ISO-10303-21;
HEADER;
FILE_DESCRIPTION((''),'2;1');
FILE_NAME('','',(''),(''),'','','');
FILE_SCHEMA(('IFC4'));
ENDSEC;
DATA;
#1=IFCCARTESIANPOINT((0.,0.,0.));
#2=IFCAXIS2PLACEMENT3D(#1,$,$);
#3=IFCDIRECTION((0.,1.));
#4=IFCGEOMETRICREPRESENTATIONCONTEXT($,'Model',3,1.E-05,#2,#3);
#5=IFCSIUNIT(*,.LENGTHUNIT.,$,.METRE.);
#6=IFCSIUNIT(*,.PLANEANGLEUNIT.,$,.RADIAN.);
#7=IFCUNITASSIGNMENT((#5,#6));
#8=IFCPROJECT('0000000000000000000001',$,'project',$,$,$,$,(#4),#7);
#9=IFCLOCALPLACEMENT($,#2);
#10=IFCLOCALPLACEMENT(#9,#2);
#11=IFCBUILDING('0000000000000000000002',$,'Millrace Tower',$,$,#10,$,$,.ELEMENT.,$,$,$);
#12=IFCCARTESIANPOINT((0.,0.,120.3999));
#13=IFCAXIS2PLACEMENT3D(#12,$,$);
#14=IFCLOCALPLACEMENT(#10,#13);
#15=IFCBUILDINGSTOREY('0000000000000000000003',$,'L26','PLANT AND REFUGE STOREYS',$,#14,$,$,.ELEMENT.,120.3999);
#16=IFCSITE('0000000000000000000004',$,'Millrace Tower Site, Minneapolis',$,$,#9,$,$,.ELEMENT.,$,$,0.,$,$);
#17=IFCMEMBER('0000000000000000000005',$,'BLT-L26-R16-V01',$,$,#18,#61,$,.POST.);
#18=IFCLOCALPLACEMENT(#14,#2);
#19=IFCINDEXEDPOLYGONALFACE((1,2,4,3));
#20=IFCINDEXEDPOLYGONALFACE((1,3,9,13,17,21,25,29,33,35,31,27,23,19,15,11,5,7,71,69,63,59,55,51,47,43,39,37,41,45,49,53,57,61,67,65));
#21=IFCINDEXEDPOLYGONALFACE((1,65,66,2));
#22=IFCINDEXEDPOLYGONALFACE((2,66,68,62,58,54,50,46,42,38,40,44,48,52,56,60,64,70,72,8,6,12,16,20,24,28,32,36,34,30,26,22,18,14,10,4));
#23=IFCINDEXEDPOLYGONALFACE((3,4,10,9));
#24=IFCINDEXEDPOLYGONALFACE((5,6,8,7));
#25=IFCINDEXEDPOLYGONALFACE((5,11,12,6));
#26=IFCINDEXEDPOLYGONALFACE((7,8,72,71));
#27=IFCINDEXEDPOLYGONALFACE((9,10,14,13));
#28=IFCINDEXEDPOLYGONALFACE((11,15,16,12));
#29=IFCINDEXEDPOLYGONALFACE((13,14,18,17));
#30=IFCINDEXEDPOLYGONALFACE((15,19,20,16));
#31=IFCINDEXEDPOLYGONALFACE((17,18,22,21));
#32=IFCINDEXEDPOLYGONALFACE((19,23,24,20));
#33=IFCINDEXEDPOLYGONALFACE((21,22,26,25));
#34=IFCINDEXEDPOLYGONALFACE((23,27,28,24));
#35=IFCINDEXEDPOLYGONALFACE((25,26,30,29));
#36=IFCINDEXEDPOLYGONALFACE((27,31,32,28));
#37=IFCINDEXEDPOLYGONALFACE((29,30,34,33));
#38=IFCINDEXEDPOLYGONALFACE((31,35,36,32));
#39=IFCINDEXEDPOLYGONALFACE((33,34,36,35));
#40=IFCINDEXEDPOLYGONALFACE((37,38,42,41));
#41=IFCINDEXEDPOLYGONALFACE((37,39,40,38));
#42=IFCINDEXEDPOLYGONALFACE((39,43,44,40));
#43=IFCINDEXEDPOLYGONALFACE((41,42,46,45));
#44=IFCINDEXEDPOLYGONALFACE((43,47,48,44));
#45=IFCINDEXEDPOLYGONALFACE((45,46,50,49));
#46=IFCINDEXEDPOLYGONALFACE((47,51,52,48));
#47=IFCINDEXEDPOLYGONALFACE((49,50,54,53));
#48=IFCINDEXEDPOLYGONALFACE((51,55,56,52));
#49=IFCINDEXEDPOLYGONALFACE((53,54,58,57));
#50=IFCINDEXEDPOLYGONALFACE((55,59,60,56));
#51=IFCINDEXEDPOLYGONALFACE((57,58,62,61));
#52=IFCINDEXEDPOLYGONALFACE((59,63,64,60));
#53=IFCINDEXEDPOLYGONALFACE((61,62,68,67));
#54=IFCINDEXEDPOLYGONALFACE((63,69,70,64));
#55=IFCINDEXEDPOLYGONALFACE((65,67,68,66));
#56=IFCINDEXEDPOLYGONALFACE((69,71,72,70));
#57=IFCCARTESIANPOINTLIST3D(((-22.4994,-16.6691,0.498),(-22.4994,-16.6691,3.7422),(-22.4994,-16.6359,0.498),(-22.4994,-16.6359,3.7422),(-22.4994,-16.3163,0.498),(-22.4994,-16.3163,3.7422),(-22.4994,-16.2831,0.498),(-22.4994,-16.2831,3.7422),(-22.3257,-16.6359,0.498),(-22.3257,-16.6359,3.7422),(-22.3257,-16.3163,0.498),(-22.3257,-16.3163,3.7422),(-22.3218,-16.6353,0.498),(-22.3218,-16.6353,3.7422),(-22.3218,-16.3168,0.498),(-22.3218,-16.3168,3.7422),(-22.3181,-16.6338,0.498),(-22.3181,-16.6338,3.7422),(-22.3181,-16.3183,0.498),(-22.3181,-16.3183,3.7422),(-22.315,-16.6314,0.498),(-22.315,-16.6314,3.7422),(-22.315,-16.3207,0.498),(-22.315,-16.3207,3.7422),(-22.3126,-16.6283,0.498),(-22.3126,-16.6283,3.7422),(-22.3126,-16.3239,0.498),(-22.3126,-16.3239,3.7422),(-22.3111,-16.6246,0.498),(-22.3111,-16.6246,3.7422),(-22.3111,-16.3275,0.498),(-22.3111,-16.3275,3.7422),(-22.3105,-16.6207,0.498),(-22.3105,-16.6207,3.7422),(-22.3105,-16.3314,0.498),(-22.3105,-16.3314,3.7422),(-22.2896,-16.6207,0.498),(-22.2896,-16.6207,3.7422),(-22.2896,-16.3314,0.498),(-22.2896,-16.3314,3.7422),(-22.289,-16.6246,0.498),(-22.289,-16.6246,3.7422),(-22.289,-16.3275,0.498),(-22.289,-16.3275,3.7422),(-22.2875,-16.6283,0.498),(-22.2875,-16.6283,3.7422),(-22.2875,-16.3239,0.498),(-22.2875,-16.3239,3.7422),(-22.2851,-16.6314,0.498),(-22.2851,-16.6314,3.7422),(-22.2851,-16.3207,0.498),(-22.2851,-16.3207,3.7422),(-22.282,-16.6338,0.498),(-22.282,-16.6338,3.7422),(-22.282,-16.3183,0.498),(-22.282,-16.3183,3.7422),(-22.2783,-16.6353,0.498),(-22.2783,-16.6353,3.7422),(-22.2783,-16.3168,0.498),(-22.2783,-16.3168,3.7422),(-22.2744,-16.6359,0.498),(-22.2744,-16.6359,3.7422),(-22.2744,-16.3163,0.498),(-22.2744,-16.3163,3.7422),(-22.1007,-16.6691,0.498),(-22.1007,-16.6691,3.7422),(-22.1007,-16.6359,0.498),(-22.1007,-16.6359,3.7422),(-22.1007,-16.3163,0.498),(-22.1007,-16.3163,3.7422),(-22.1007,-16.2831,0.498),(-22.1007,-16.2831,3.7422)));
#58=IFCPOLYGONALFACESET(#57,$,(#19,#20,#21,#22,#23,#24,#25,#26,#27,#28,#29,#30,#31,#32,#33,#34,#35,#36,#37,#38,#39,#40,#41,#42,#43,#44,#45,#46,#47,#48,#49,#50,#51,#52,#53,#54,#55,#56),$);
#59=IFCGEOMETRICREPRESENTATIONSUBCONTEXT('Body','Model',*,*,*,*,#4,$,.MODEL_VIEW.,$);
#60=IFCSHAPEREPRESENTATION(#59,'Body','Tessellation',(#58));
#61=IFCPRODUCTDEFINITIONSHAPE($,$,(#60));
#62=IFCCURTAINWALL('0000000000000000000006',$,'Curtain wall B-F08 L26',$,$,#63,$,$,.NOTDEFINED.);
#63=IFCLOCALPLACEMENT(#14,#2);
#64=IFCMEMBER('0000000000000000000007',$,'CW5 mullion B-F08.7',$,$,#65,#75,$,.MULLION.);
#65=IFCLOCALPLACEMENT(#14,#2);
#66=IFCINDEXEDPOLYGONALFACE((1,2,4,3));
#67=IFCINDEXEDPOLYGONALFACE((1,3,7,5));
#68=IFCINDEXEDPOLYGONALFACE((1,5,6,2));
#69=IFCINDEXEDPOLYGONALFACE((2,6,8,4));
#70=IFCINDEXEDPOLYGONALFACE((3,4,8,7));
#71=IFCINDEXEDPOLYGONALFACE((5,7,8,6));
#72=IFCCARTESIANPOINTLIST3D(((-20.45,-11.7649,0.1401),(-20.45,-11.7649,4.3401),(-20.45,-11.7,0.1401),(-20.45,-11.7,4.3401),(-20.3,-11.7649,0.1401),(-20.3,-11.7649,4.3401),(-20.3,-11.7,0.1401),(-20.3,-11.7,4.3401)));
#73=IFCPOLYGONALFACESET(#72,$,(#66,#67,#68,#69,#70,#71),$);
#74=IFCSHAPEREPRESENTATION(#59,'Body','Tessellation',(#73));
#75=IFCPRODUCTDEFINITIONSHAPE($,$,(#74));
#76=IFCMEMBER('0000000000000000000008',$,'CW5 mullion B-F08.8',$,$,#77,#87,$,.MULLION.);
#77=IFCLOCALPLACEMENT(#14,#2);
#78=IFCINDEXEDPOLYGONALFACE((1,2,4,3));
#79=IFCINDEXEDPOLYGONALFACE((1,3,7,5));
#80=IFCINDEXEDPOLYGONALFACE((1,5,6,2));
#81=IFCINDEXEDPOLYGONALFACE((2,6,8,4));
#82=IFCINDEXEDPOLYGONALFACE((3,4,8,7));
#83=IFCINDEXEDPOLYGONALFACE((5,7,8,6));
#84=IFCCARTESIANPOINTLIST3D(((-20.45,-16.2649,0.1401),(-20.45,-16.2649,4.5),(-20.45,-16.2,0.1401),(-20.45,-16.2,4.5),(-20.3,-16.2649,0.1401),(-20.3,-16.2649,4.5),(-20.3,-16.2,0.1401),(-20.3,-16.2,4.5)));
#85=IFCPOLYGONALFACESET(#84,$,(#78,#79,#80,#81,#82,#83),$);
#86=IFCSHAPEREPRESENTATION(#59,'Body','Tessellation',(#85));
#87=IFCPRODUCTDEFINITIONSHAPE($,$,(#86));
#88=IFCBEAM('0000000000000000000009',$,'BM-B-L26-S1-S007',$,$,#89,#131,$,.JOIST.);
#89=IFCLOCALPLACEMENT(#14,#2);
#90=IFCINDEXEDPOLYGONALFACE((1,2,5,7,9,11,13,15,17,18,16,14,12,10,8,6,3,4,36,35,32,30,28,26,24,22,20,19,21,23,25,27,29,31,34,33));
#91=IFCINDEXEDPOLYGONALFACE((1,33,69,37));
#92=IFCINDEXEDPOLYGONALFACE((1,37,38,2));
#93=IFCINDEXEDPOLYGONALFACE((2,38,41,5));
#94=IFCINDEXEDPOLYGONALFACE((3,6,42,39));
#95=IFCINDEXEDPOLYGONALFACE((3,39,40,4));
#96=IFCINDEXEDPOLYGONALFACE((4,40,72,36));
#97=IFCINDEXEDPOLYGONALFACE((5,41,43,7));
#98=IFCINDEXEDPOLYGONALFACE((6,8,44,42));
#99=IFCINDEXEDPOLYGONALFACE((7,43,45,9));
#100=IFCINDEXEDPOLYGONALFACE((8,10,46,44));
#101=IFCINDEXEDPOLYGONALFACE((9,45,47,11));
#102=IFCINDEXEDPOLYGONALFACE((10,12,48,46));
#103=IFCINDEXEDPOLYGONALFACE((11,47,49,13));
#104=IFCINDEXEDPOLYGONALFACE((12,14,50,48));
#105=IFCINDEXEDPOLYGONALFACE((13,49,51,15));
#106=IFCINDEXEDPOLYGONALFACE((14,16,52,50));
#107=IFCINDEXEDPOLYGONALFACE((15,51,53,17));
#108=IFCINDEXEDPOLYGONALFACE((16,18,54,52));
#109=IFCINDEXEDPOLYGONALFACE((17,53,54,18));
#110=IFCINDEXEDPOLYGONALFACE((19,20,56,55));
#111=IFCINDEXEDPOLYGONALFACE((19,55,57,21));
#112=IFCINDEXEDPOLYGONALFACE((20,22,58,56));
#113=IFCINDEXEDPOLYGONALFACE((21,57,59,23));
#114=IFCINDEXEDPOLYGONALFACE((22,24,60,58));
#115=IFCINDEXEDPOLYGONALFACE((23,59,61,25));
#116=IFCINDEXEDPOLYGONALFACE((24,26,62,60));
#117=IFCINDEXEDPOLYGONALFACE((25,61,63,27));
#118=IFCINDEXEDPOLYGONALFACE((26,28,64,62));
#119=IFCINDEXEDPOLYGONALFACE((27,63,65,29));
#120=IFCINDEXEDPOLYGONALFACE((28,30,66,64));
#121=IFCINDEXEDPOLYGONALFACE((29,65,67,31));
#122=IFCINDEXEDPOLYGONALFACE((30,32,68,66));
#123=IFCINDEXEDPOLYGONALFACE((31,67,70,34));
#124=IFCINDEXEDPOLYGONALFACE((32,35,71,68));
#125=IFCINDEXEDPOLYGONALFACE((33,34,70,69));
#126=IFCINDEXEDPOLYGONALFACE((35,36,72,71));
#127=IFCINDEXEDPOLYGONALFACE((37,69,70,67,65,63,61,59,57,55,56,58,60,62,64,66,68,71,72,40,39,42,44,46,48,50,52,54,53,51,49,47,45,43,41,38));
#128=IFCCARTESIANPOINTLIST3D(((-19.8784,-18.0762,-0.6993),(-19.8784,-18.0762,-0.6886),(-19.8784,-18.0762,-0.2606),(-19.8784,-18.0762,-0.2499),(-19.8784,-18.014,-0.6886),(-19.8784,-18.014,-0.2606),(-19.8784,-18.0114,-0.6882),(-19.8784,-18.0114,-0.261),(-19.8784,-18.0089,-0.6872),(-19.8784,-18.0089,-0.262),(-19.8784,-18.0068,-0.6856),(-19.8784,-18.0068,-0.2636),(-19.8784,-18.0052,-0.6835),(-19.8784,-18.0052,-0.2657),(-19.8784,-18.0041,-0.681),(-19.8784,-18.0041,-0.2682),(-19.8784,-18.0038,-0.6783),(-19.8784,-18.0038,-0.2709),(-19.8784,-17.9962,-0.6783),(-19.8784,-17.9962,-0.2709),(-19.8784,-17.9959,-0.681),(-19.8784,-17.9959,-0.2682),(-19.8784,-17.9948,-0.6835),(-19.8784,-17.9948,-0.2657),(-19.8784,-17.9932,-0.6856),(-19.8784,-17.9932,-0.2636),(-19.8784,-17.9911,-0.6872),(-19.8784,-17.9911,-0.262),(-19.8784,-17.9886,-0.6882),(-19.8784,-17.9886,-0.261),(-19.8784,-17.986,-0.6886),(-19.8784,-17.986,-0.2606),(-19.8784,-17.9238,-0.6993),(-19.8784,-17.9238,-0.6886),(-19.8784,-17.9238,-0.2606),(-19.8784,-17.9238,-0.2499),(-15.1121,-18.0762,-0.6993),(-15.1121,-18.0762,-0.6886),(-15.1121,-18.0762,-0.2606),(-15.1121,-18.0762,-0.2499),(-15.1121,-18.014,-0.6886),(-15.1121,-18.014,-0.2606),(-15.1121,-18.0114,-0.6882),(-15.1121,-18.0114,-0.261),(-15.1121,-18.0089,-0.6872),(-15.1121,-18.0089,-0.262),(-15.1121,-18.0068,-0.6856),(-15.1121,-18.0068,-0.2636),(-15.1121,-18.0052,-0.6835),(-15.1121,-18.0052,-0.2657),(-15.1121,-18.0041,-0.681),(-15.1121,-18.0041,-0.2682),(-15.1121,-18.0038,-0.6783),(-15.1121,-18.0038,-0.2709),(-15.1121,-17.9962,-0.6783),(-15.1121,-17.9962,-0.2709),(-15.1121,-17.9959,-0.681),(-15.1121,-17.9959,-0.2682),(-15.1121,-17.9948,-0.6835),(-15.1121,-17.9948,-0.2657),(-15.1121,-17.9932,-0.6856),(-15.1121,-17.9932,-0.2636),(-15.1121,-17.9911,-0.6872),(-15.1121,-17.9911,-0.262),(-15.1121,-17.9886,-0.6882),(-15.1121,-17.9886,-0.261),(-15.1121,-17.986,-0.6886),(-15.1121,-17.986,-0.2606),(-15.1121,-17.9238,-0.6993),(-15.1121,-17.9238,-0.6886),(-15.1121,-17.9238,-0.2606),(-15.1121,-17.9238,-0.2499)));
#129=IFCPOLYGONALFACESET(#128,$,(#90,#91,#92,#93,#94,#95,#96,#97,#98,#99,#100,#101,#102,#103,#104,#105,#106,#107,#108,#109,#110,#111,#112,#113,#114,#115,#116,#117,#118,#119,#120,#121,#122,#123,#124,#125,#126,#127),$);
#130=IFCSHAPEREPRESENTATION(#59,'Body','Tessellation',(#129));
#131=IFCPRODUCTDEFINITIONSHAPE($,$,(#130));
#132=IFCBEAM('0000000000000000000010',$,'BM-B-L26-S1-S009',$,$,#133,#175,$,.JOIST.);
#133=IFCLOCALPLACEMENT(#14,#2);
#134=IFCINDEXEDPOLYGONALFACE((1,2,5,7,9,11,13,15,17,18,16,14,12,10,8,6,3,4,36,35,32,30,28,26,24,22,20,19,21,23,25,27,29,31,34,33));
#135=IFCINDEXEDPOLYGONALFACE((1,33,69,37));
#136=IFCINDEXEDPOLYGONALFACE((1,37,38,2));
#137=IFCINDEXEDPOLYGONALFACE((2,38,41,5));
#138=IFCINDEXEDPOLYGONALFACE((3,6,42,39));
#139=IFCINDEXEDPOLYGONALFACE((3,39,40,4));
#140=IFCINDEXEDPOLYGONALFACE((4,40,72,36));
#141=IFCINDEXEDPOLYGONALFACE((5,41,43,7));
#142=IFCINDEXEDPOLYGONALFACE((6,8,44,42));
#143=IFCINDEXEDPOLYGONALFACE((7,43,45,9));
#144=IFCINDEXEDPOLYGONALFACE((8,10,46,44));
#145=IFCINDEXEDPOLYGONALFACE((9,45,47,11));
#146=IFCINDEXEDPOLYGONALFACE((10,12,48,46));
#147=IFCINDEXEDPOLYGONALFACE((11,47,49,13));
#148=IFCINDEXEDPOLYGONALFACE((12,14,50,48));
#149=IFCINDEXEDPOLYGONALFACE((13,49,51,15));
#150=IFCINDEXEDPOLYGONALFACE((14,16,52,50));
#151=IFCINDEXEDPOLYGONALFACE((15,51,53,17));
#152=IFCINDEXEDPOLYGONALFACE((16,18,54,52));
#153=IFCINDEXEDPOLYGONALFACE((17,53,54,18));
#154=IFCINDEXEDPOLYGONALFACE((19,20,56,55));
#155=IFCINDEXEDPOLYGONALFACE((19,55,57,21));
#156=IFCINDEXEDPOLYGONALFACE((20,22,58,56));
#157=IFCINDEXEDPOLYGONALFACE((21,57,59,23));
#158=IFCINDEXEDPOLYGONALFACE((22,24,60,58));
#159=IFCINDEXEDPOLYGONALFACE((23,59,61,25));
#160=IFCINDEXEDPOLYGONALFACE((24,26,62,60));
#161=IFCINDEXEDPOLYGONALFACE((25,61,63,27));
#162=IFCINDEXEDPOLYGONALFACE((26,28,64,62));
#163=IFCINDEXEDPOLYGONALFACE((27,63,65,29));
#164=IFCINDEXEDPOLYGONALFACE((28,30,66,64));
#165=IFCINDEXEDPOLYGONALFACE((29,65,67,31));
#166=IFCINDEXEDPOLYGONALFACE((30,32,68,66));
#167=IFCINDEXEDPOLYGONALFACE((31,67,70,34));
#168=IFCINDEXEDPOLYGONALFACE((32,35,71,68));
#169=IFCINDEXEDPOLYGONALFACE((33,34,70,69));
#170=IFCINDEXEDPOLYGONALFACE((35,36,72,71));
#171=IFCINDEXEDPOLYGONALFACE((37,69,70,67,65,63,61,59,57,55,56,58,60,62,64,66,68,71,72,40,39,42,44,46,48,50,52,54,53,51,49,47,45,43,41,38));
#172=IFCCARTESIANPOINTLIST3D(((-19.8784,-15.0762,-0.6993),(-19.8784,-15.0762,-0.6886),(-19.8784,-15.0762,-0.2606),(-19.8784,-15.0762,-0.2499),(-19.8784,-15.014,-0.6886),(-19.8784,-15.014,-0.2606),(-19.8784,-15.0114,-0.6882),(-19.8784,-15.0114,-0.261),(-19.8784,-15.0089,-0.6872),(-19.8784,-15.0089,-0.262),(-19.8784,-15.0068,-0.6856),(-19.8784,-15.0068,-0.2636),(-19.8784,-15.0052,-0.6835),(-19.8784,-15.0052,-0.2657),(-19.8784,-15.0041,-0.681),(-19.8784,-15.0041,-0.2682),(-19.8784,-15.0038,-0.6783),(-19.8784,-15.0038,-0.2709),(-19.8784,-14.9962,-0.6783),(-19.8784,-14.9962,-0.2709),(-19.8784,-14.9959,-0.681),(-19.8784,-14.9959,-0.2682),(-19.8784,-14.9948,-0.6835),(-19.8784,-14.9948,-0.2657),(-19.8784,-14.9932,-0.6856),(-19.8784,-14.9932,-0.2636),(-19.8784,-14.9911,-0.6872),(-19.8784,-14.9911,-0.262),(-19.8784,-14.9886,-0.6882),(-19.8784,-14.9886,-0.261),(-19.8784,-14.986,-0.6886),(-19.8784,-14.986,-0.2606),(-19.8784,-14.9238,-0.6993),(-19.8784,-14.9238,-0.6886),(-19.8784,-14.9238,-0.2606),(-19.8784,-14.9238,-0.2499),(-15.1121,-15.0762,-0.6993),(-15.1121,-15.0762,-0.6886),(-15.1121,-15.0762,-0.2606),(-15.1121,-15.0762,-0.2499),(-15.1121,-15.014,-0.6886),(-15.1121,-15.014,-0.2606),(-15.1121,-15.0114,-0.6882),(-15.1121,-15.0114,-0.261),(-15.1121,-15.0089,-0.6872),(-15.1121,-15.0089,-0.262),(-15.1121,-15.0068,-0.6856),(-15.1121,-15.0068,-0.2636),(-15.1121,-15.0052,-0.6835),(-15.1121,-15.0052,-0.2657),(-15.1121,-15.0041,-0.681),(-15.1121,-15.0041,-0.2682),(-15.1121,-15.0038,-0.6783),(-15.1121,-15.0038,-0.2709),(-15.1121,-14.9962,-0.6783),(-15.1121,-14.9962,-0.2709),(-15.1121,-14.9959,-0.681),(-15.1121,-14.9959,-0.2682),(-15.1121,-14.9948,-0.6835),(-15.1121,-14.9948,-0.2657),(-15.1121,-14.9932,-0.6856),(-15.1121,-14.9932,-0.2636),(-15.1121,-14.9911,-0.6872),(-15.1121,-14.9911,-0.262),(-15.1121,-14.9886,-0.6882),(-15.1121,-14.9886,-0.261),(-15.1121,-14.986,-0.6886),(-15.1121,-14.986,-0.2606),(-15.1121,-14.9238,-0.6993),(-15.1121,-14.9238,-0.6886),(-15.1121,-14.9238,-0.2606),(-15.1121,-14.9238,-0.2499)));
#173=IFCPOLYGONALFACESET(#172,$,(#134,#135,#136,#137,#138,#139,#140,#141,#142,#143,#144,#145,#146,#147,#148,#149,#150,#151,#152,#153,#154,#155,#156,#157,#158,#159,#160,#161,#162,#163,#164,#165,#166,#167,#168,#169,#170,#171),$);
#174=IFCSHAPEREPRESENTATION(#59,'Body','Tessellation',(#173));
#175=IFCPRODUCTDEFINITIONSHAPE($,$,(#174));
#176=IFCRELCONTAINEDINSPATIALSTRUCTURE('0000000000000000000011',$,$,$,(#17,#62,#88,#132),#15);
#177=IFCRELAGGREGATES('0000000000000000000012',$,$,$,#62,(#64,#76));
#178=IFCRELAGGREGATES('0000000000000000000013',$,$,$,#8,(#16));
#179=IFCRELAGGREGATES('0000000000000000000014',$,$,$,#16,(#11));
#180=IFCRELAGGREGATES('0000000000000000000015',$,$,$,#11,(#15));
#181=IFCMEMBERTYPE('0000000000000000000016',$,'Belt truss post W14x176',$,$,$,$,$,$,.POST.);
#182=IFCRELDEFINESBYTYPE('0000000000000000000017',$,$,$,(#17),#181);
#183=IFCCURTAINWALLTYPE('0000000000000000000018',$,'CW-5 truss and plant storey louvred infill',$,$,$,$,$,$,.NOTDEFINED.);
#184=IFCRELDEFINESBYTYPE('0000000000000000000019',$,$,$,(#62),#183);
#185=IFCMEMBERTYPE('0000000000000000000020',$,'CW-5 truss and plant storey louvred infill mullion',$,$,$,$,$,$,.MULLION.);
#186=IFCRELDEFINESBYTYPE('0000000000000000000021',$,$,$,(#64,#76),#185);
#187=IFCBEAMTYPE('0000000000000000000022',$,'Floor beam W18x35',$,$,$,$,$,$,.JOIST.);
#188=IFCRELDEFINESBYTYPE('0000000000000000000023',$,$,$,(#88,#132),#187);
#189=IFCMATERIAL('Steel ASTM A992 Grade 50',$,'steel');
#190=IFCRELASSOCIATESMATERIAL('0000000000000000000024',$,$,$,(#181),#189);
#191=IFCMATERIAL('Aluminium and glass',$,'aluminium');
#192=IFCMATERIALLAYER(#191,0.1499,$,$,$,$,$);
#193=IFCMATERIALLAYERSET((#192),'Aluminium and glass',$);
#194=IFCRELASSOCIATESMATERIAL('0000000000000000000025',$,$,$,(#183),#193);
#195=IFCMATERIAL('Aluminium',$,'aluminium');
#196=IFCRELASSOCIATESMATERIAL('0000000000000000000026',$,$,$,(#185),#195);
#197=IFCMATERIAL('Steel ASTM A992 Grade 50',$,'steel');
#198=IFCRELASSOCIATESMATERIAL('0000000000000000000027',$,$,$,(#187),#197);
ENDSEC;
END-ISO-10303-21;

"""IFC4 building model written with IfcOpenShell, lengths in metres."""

from ifc_helpers import new_model, si_unit, direction, frame, origin, origin_2d, place, context, subcontext, project, spatial, rectangle, i_section, extrude, material, layer, layer_set, material_profile, profile_set, type_object, element, aggregate, save


model = new_model("IFC4")

# Units and contexts
model_context = context("Model", 3, precision=1e-05, world=origin(), true_north=direction((0.0, 1.0)))
body_context = subcontext(model_context, "Body", "Model", "MODEL_VIEW")
ifc_project = project(units=[si_unit("LENGTHUNIT", "METRE"), si_unit("PLANEANGLEUNIT", "RADIAN")], contexts=[model_context])

# Site, building, storey
site_placement = place(None, origin())
site = spatial("IfcSite", under=ifc_project, at=site_placement, Name="Millrace Tower Site, Minneapolis", CompositionType="ELEMENT", RefElevation=0.0)
building_placement = place(site_placement, origin())
building = spatial("IfcBuilding", under=site, at=building_placement, Name="Millrace Tower", CompositionType="ELEMENT")
storey_placement = place(building_placement, frame((0.0, 0.0, 120.3999)))
storey = spatial("IfcBuildingStorey", under=building, at=storey_placement, Name="L26", Description="PLANT AND REFUGE STOREYS", CompositionType="ELEMENT", Elevation=120.3999)

# Member
ifc_material_1 = material(Name="Steel ASTM A992 Grade 50", Category="steel")
ifc_material_profile_1 = material_profile(ifc_material_1, i_section(OverallWidth=0.3987, OverallDepth=0.386, WebThickness=0.021, FlangeThickness=0.0332, FilletRadius=0.0151, at=origin_2d()))
ifc_profile_set_1 = profile_set([ifc_material_profile_1], Name="Steel ASTM A992 Grade 50")
member_type_1 = type_object("IfcMemberType", Name="Belt truss post W14x176", PredefinedType="POST", material=ifc_profile_set_1)
member_1_placement = place(storey_placement, frame((-22.3, -16.4761, 0.498), z_axis=(0.0, 0.0, 1.0), x_axis=(1.0, 0.0, 0.0)))
element("IfcMember", 1, at=member_1_placement, inside=storey, type_object=member_type_1, Name="BLT-L26-R16-V01", PredefinedType="POST", context=body_context, shape_type="SweptSolid", body=[
    extrude(i_section(OverallWidth=0.3987, OverallDepth=0.386, WebThickness=0.021, FlangeThickness=0.0332, FilletRadius=0.0151, at=origin_2d()), origin(), (0.0, 0.0, 1.0), 3.2441),
])

# Curtain wall, members
ifc_material_2 = material(Name="Aluminium and glass", Category="aluminium")
ifc_layer_1 = layer(ifc_material_2, 0.1499)
ifc_layer_set_1 = layer_set([ifc_layer_1], Name="Aluminium and glass")
curtain_wall_type = type_object("IfcCurtainWallType", Name="CW-5 truss and plant storey louvred infill", PredefinedType="NOTDEFINED", material=ifc_layer_set_1)
curtain_wall_placement = place(storey_placement, origin())
curtain_wall = element("IfcCurtainWall", 2, at=curtain_wall_placement, inside=storey, type_object=curtain_wall_type, Name="Curtain wall B-F08 L26", PredefinedType="NOTDEFINED")
ifc_material_3 = material(Name="Aluminium", Category="aluminium")
ifc_material_profile_2 = material_profile(ifc_material_3, rectangle(XDim=0.0649, YDim=0.1499, at=origin_2d()))
ifc_profile_set_2 = profile_set([ifc_material_profile_2], Name="Aluminium")
member_type_2 = type_object("IfcMemberType", Name="CW-5 truss and plant storey louvred infill mullion", PredefinedType="MULLION", material=ifc_profile_set_2)
member_2_placement = place(storey_placement, frame((-20.375, -11.7324, 0.1401), z_axis=(0.0, 0.0, 1.0), x_axis=(0.0, -1.0, 0.0)))
member_2 = element("IfcMember", 3, at=member_2_placement, type_object=member_type_2, Name="CW5 mullion B-F08.7", PredefinedType="MULLION", context=body_context, shape_type="SweptSolid", body=[
    extrude(rectangle(XDim=0.0649, YDim=0.1499, at=origin_2d()), origin(), (0.0, 0.0, 1.0), 4.2),
])
member_3_placement = place(storey_placement, frame((-20.375, -16.2324, 0.1401), z_axis=(0.0, 0.0, 1.0), x_axis=(0.0, -1.0, 0.0)))
member_3 = element("IfcMember", 4, at=member_3_placement, type_object=member_type_2, Name="CW5 mullion B-F08.8", PredefinedType="MULLION", context=body_context, shape_type="SweptSolid", body=[
    extrude(rectangle(XDim=0.0649, YDim=0.1499, at=origin_2d()), origin(), (0.0, 0.0, 1.0), 4.3599),
])
aggregate(curtain_wall, [member_2, member_3])

# Beams
ifc_material_4 = material(Name="Steel ASTM A992 Grade 50", Category="steel")
ifc_material_profile_3 = material_profile(ifc_material_4, i_section(OverallWidth=0.1523, OverallDepth=0.4495, WebThickness=0.0076, FlangeThickness=0.0107, FilletRadius=0.0103, at=origin_2d()))
ifc_profile_set_3 = profile_set([ifc_material_profile_3], Name="Steel ASTM A992 Grade 50")
beam_type_1 = type_object("IfcBeamType", Name="Floor beam W18x35", PredefinedType="JOIST", material=ifc_profile_set_3)
for number, where, z_axis, x_axis, name in (
    (5, (-19.8784, -18.0, -0.4746), (1.0, 0.0, 0.0), (0.0, 1.0, 0.0), "BM-B-L26-S1-S007"),
    (6, (-19.8784, -15.0, -0.4746), (1.0, 0.0, 0.0), (0.0, 1.0, 0.0), "BM-B-L26-S1-S009"),
):
    element("IfcBeam", number, at=place(storey_placement, frame(where, z_axis=z_axis, x_axis=x_axis)), inside=storey, type_object=beam_type_1, Name=name, PredefinedType="JOIST", context=body_context, shape_type="SweptSolid", body=[
        extrude(i_section(OverallWidth=0.1523, OverallDepth=0.4495, WebThickness=0.0076, FlangeThickness=0.0107, FilletRadius=0.0103, at=origin_2d()), origin(), (0.0, 0.0, 1.0), 4.7664),
    ])

save(model, "model.ifc")
